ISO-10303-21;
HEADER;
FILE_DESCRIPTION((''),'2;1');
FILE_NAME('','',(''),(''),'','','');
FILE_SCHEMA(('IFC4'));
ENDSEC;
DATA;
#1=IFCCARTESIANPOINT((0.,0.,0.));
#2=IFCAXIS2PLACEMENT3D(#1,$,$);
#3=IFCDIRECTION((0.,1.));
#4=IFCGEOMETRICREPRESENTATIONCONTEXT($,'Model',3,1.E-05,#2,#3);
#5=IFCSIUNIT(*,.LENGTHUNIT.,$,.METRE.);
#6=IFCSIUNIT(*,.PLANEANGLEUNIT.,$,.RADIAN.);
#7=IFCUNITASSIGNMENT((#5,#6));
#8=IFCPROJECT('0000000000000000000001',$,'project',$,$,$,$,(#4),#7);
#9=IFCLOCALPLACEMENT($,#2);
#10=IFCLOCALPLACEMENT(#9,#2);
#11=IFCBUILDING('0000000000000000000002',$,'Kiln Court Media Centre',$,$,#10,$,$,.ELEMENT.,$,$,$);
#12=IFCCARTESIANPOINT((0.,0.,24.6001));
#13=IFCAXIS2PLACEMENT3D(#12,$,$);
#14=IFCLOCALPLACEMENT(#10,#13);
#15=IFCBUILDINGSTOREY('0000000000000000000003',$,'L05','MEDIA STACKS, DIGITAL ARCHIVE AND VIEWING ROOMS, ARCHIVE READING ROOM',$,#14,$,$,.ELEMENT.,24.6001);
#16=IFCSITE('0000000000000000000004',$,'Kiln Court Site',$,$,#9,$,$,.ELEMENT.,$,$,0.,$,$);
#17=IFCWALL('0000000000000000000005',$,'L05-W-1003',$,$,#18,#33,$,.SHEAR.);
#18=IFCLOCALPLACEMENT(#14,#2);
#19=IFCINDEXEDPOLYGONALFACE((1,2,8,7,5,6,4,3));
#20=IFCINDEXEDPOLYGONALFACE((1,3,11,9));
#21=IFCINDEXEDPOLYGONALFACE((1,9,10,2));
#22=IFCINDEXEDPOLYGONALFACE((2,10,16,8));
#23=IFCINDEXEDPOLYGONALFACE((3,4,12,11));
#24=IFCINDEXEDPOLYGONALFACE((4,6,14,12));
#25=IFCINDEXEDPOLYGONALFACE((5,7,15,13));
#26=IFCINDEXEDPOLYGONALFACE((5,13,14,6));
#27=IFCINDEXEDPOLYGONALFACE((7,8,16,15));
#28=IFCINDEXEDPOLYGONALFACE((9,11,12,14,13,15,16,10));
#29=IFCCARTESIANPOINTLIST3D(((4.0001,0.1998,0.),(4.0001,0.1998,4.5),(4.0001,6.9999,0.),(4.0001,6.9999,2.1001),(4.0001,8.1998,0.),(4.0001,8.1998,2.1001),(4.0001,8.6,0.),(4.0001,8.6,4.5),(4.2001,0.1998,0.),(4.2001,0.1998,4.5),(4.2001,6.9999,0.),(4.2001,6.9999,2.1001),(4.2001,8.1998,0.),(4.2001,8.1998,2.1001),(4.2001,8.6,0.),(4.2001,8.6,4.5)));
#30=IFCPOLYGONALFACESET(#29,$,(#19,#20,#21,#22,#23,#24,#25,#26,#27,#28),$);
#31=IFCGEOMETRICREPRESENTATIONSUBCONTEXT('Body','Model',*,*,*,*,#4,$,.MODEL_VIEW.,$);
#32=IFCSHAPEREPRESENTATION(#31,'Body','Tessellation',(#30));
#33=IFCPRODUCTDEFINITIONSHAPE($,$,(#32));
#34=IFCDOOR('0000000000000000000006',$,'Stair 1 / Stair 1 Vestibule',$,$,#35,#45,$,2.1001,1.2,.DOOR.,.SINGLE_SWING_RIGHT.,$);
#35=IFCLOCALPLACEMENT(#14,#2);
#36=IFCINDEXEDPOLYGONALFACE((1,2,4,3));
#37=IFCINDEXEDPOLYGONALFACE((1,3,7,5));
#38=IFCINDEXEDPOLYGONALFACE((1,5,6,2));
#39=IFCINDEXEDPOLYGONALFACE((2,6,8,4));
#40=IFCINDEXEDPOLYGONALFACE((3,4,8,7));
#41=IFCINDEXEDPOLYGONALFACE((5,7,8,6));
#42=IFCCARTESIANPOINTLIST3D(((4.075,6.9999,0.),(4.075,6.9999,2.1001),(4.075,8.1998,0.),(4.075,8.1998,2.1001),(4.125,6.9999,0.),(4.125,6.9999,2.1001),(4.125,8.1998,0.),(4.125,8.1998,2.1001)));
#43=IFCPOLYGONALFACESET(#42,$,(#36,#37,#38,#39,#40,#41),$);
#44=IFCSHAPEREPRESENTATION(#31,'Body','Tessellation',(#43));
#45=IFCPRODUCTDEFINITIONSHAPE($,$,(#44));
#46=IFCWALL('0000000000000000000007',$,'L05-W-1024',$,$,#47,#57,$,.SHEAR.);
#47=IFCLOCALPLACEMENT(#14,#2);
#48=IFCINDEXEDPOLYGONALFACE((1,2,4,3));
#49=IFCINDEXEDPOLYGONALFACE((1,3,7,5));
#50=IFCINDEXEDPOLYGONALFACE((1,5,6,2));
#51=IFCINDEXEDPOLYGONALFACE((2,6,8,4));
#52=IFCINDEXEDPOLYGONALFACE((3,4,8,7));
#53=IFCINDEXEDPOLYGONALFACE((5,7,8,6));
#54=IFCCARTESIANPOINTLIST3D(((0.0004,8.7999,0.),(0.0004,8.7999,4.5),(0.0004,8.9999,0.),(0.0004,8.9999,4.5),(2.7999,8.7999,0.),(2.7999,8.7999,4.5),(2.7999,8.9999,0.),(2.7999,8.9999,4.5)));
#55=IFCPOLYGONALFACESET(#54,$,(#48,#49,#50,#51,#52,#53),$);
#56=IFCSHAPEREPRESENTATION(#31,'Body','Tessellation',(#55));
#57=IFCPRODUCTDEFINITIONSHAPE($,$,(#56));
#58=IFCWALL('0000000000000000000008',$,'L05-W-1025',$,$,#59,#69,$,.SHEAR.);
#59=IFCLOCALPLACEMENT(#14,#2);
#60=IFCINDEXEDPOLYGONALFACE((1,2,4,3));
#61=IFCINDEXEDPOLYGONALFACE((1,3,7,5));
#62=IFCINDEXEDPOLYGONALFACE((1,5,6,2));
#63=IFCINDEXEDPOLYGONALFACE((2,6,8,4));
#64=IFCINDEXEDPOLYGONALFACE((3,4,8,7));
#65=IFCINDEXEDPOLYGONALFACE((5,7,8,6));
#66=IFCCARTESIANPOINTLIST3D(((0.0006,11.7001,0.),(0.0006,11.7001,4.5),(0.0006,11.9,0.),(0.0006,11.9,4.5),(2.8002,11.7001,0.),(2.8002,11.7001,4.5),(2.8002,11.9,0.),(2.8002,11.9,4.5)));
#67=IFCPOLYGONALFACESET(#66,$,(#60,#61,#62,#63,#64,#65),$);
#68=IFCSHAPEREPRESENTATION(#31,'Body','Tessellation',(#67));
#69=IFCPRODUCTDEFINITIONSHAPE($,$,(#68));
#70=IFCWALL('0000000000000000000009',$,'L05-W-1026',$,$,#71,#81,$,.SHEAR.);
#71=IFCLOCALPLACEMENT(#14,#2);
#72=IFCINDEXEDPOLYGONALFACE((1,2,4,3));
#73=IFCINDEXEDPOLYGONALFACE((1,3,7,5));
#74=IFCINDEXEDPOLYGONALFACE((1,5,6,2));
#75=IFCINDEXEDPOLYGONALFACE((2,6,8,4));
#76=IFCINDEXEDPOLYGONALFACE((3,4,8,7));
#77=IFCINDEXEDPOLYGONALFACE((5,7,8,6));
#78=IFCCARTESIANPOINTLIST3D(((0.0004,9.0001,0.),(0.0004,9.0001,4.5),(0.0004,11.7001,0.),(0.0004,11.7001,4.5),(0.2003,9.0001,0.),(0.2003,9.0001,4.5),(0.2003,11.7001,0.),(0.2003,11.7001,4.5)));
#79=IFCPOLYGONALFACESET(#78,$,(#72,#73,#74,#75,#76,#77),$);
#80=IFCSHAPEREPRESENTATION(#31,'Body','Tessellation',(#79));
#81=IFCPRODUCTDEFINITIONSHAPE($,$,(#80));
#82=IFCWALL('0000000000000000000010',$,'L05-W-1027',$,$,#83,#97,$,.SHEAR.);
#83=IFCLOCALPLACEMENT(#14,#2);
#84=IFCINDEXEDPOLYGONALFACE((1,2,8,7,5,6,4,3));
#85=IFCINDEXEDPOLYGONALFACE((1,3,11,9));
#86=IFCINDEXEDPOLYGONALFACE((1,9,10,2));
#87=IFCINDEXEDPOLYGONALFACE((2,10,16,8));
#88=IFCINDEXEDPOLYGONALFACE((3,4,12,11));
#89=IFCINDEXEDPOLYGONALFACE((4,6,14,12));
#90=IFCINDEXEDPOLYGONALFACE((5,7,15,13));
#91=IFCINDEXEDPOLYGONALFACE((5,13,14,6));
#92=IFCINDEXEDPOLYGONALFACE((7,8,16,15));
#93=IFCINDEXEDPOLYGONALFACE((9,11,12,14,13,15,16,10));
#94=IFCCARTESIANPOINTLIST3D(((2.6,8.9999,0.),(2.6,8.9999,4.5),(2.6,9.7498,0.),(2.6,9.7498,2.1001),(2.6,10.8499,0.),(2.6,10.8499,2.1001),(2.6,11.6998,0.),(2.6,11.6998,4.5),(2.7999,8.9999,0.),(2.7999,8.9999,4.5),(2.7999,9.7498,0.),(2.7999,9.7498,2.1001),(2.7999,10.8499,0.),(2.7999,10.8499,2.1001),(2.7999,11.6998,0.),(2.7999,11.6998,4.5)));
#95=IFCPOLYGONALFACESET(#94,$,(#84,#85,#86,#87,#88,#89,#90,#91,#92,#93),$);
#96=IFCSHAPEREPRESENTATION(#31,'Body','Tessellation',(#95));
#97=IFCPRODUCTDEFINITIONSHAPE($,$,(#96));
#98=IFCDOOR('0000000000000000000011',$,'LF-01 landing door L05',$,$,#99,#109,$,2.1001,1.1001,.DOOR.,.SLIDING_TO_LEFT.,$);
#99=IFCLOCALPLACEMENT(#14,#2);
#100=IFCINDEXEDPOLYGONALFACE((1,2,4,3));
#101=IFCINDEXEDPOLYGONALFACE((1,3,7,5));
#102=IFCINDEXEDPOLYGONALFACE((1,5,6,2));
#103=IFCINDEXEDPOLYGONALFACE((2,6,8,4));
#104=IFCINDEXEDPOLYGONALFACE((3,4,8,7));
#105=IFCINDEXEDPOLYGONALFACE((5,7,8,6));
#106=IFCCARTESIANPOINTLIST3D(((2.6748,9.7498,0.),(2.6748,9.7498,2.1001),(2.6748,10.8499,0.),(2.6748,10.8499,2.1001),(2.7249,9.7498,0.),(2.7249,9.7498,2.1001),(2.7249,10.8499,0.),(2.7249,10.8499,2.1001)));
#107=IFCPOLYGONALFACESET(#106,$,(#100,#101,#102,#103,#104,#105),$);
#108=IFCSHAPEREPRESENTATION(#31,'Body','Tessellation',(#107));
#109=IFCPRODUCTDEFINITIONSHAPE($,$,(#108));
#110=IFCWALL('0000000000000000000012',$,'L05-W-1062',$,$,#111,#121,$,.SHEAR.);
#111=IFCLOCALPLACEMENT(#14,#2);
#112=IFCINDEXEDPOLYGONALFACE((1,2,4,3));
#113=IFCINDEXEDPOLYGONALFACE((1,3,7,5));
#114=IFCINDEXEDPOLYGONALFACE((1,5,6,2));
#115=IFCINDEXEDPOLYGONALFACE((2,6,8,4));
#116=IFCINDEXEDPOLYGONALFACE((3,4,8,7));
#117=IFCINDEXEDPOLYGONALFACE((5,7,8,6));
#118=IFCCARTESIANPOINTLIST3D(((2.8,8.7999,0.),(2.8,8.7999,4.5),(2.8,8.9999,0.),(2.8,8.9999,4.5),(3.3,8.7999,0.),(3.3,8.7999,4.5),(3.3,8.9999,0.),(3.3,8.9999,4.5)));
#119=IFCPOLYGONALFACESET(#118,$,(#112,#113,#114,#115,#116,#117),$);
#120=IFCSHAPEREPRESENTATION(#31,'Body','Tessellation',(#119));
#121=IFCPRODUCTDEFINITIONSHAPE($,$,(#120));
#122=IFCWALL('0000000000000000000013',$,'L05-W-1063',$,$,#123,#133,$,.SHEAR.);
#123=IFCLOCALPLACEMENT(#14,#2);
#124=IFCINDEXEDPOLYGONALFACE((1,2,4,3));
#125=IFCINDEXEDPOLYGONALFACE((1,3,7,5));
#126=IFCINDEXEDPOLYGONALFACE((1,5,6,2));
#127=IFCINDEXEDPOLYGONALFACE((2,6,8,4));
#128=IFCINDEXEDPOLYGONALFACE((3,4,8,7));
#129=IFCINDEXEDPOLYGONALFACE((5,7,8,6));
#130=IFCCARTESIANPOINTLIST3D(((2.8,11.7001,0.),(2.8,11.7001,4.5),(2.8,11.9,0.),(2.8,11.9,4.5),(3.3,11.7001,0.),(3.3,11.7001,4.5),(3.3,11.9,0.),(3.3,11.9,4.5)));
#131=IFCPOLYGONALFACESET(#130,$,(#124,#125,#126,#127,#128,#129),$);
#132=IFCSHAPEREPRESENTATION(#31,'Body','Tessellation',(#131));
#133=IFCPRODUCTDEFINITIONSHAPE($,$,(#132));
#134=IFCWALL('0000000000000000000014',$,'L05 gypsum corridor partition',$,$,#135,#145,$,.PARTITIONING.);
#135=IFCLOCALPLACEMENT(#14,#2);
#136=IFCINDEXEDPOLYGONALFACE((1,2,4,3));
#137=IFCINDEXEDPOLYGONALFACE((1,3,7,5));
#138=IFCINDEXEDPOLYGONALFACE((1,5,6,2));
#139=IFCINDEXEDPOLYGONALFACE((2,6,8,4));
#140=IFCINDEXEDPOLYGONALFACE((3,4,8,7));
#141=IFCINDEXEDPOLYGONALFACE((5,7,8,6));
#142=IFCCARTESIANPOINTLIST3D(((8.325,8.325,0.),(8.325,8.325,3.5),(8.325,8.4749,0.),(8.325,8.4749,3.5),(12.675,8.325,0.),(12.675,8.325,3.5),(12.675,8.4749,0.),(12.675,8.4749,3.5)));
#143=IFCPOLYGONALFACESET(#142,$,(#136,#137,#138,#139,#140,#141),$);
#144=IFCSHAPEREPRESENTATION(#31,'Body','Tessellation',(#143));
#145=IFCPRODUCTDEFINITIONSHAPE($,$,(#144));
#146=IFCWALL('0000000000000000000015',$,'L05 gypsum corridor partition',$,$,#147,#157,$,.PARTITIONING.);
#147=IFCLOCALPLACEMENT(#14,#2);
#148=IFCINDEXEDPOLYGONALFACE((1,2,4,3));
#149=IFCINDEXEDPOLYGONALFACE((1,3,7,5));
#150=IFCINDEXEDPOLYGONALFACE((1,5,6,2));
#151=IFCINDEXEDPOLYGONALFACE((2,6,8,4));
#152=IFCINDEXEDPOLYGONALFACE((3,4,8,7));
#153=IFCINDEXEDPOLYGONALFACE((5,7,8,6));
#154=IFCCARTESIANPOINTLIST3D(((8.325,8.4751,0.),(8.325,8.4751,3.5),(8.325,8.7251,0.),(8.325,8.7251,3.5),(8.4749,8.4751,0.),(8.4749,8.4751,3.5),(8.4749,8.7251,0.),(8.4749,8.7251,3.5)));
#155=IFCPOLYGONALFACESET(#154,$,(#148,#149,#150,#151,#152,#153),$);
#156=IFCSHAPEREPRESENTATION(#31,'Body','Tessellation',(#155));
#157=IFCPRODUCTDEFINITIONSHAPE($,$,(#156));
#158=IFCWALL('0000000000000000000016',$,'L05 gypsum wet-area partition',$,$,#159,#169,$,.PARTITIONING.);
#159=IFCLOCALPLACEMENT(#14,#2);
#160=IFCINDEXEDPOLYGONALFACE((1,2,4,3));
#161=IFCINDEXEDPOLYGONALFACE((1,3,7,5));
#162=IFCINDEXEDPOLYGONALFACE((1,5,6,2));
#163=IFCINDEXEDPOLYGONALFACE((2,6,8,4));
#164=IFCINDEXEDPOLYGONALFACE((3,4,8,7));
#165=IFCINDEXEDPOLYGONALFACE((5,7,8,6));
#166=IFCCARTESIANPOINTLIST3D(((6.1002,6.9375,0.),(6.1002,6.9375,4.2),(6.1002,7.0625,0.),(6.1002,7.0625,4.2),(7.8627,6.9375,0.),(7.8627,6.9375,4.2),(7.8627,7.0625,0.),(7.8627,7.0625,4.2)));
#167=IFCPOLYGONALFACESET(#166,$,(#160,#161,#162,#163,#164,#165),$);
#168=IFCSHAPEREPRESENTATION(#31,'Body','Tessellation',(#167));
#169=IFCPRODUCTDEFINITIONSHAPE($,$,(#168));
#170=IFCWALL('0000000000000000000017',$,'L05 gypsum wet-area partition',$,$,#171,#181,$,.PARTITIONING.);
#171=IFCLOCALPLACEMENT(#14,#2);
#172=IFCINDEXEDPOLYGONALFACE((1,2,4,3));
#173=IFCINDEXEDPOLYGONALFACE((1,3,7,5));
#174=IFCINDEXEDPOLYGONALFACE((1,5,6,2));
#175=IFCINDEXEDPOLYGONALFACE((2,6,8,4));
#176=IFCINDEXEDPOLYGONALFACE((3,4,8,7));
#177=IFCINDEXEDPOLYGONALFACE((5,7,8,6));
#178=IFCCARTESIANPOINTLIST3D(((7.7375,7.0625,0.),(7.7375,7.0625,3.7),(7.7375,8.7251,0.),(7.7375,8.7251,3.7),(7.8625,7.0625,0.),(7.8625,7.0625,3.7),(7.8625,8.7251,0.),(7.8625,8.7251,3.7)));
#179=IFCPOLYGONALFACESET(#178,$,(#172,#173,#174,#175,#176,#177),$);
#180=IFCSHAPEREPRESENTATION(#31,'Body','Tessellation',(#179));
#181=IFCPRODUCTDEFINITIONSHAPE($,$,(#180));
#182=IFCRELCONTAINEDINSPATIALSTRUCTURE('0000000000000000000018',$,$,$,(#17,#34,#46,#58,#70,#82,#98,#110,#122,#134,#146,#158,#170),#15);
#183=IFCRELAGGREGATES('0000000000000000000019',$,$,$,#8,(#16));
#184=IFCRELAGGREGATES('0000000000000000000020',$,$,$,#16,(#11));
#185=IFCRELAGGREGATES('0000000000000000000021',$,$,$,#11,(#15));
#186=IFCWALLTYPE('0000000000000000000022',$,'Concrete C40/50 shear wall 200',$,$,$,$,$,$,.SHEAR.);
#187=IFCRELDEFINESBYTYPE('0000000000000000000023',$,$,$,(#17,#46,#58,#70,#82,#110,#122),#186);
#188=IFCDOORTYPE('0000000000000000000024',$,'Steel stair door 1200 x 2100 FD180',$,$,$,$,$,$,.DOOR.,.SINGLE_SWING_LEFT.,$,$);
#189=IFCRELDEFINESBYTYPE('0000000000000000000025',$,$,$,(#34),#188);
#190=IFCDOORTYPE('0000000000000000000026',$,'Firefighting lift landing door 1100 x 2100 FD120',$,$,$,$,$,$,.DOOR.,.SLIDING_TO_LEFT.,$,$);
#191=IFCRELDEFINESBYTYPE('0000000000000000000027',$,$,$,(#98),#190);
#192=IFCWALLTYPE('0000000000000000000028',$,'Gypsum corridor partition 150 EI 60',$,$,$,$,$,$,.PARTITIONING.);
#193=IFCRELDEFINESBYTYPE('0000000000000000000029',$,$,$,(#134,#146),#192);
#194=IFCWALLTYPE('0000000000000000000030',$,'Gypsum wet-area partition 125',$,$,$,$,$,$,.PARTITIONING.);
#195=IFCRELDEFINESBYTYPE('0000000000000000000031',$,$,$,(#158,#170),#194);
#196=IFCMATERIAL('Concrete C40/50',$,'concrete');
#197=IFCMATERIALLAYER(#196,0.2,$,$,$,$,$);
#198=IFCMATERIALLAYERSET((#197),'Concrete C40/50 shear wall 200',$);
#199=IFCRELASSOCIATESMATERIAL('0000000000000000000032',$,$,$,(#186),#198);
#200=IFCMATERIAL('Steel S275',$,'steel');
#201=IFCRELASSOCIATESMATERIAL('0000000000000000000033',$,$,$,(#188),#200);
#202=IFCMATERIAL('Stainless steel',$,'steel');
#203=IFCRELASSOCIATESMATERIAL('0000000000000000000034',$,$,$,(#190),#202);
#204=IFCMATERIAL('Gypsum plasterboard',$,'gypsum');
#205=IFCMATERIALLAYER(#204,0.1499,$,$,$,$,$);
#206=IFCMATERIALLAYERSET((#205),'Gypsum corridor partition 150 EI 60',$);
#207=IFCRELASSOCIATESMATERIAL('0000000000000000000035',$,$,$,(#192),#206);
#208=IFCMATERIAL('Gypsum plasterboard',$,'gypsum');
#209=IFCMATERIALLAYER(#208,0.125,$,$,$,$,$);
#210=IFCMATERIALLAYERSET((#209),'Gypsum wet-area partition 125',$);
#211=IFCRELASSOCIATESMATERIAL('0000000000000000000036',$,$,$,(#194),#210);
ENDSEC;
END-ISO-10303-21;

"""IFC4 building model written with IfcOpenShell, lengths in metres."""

from ifc_helpers import new_model, si_unit, direction, frame, frame_2d, origin, place, context, subcontext, project, spatial, rectangle, extrude, material, layer, layer_set, type_object, element, fill, save


model = new_model("IFC4")

# Units and contexts
model_context = context("Model", 3, precision=1e-05, world=origin(), true_north=direction((0.0, 1.0)))
body_context = subcontext(model_context, "Body", "Model", "MODEL_VIEW")
ifc_project = project(units=[si_unit("LENGTHUNIT", "METRE"), si_unit("PLANEANGLEUNIT", "RADIAN")], contexts=[model_context])

# Site, building, storey
site_placement = place(None, origin())
site = spatial("IfcSite", under=ifc_project, at=site_placement, Name="Kiln Court Site", CompositionType="ELEMENT", RefElevation=0.0)
building_placement = place(site_placement, origin())
building = spatial("IfcBuilding", under=site, at=building_placement, Name="Kiln Court Media Centre", CompositionType="ELEMENT")
storey_placement = place(building_placement, frame((0.0, 0.0, 24.6001)))
storey = spatial("IfcBuildingStorey", under=building, at=storey_placement, Name="L05", Description="MEDIA STACKS, DIGITAL ARCHIVE AND VIEWING ROOMS, ARCHIVE READING ROOM", CompositionType="ELEMENT", Elevation=24.6001)

# Shared definitions
ifc_material_1 = material(Name="Concrete C40/50", Category="concrete")
ifc_layer_1 = layer(ifc_material_1, 0.2)
ifc_layer_set_1 = layer_set([ifc_layer_1], Name="Concrete C40/50 shear wall 200")
wall_type_1 = type_object("IfcWallType", Name="Concrete C40/50 shear wall 200", PredefinedType="SHEAR", material=ifc_layer_set_1)

# Wall, opening, door
wall_1_placement = place(storey_placement, frame((4.1001, 8.6001, 0.0), z_axis=(0.0, 0.0, 1.0), x_axis=(0.0, -1.0, 0.0)))
wall_1 = element("IfcWall", 1, at=wall_1_placement, inside=storey, type_object=wall_type_1, Name="L05-W-1003", PredefinedType="SHEAR", context=body_context, shape_type="SweptSolid", body=[
    extrude(rectangle(XDim=8.4001, YDim=0.2, at=frame_2d((4.2002, 0.0))), origin(), (0.0, 0.0, 1.0), 4.5),
])
opening_1_placement = place(wall_1_placement, frame((0.4001, 0.0, 0.0)))
opening_1 = element("IfcOpeningElement", 2, at=opening_1_placement, cuts=wall_1, PredefinedType="OPENING", context=body_context, shape_type="SweptSolid", body=[
    extrude(rectangle(XDim=1.2, YDim=2.1001, at=frame_2d((0.6001, 1.05))), frame((0.0, 0.1099, 0.0), z_axis=(0.0, -1.0, 0.0), x_axis=(1.0, 0.0, 0.0)), (0.0, 0.0, 1.0), 0.22),
])
ifc_material_2 = material(Name="Steel S275", Category="steel")
door_type_1 = type_object("IfcDoorType", Name="Steel stair door 1200 x 2100 FD180", OperationType="SINGLE_SWING_LEFT", PredefinedType="DOOR", material=ifc_material_2)
door_1_placement = place(opening_1_placement, origin())
door_1 = element("IfcDoor", 3, at=door_1_placement, inside=storey, type_object=door_type_1, Name="Stair 1 / Stair 1 Vestibule", OperationType="SINGLE_SWING_RIGHT", OverallHeight=2.1001, OverallWidth=1.2, PredefinedType="DOOR", context=body_context, shape_type="SweptSolid", body=[
    extrude(rectangle(XDim=1.2, YDim=2.1001, at=frame_2d((0.6001, 1.05))), frame((0.0, 0.0249, 0.0), z_axis=(0.0, -1.0, 0.0), x_axis=(1.0, 0.0, 0.0)), (0.0, 0.0, 1.0), 0.05),
])
fill(opening_1, door_1)

# Walls
for number, where, z_axis, x_axis, name in (
    (4, (2.8, 8.8999, 0.0), (0.0, 0.0, 1.0), (-1.0, 0.0, 0.0), "L05-W-1024"),
    (5, (0.0005, 11.8, 0.0), (0.0, 0.0, 1.0), (1.0, 0.0, 0.0), "L05-W-1025"),
):
    element("IfcWall", number, at=place(storey_placement, frame(where, z_axis=z_axis, x_axis=x_axis)), inside=storey, type_object=wall_type_1, Name=name, PredefinedType="SHEAR", context=body_context, shape_type="SweptSolid", body=[
        extrude(rectangle(XDim=2.7996, YDim=0.2, at=frame_2d((1.3999, 0.0))), origin(), (0.0, 0.0, 1.0), 4.5),
    ])
wall_2_placement = place(storey_placement, frame((0.1003, 9.0, 0.0), z_axis=(0.0, 0.0, 1.0), x_axis=(0.0, 1.0, 0.0)))
element("IfcWall", 6, at=wall_2_placement, inside=storey, type_object=wall_type_1, Name="L05-W-1026", PredefinedType="SHEAR", context=body_context, shape_type="SweptSolid", body=[
    extrude(rectangle(XDim=2.7, YDim=0.2, at=frame_2d((1.3501, 0.0))), origin(), (0.0, 0.0, 1.0), 4.5),
])

# Wall, opening, door
wall_3_placement = place(storey_placement, frame((2.7, 11.7, 0.0), z_axis=(0.0, 0.0, 1.0), x_axis=(0.0, -1.0, 0.0)))
wall_3 = element("IfcWall", 7, at=wall_3_placement, inside=storey, type_object=wall_type_1, Name="L05-W-1027", PredefinedType="SHEAR", context=body_context, shape_type="SweptSolid", body=[
    extrude(rectangle(XDim=2.7, YDim=0.2, at=frame_2d((1.3501, 0.0))), origin(), (0.0, 0.0, 1.0), 4.5),
])
opening_2_placement = place(wall_3_placement, frame((0.8501, 0.0, 0.0)))
opening_2 = element("IfcOpeningElement", 8, at=opening_2_placement, cuts=wall_3, PredefinedType="OPENING", context=body_context, shape_type="SweptSolid", body=[
    extrude(rectangle(XDim=1.1001, YDim=2.1001, at=frame_2d((0.55, 1.05))), frame((0.0, 0.1099, 0.0), z_axis=(0.0, -1.0, 0.0), x_axis=(1.0, 0.0, 0.0)), (0.0, 0.0, 1.0), 0.22),
])
ifc_material_3 = material(Name="Stainless steel", Category="steel")
door_type_2 = type_object("IfcDoorType", Name="Firefighting lift landing door 1100 x 2100 FD120", OperationType="SLIDING_TO_LEFT", PredefinedType="DOOR", material=ifc_material_3)
door_2_placement = place(opening_2_placement, origin())
door_2 = element("IfcDoor", 9, at=door_2_placement, inside=storey, type_object=door_type_2, Name="LF-01 landing door L05", OperationType="SLIDING_TO_LEFT", OverallHeight=2.1001, OverallWidth=1.1001, PredefinedType="DOOR", context=body_context, shape_type="SweptSolid", body=[
    extrude(rectangle(XDim=1.1001, YDim=2.1001, at=frame_2d((0.55, 1.05))), frame((0.0, 0.0249, 0.0), z_axis=(0.0, -1.0, 0.0), x_axis=(1.0, 0.0, 0.0)), (0.0, 0.0, 1.0), 0.05),
])
fill(opening_2, door_2)

# Walls
for number, where, z_axis, x_axis, name in (
    (10, (3.3, 8.8999, 0.0), (0.0, 0.0, 1.0), (-1.0, 0.0, 0.0), "L05-W-1062"),
    (11, (2.8, 11.8, 0.0), (0.0, 0.0, 1.0), (1.0, 0.0, 0.0), "L05-W-1063"),
):
    element("IfcWall", number, at=place(storey_placement, frame(where, z_axis=z_axis, x_axis=x_axis)), inside=storey, type_object=wall_type_1, Name=name, PredefinedType="SHEAR", context=body_context, shape_type="SweptSolid", body=[
        extrude(rectangle(XDim=0.5, YDim=0.2, at=frame_2d((0.25, 0.0))), origin(), (0.0, 0.0, 1.0), 4.5),
    ])
ifc_material_4 = material(Name="Gypsum plasterboard", Category="gypsum")
ifc_layer_2 = layer(ifc_material_4, 0.1499)
ifc_layer_set_2 = layer_set([ifc_layer_2], Name="Gypsum corridor partition 150 EI 60")
wall_type_2 = type_object("IfcWallType", Name="Gypsum corridor partition 150 EI 60", PredefinedType="PARTITIONING", material=ifc_layer_set_2)
wall_4_placement = place(storey_placement, frame((8.325, 8.3999, 0.0), z_axis=(0.0, 0.0, 1.0), x_axis=(1.0, 0.0, 0.0)))
element("IfcWall", 12, at=wall_4_placement, inside=storey, type_object=wall_type_2, Name="L05 gypsum corridor partition", PredefinedType="PARTITIONING", context=body_context, shape_type="SweptSolid", body=[
    extrude(rectangle(XDim=4.3501, YDim=0.1499, at=frame_2d((2.175, 0.0))), origin(), (0.0, 0.0, 1.0), 3.5),
])
wall_5_placement = place(storey_placement, frame((8.3999, 8.4751, 0.0), z_axis=(0.0, 0.0, 1.0), x_axis=(0.0, 1.0, 0.0)))
element("IfcWall", 13, at=wall_5_placement, inside=storey, type_object=wall_type_2, Name="L05 gypsum corridor partition", PredefinedType="PARTITIONING", context=body_context, shape_type="SweptSolid", body=[
    extrude(rectangle(XDim=0.25, YDim=0.1499, at=frame_2d((0.125, 0.0))), origin(), (0.0, 0.0, 1.0), 3.5),
])
ifc_material_5 = material(Name="Gypsum plasterboard", Category="gypsum")
ifc_layer_3 = layer(ifc_material_5, 0.125)
ifc_layer_set_3 = layer_set([ifc_layer_3], Name="Gypsum wet-area partition 125")
wall_type_3 = type_object("IfcWallType", Name="Gypsum wet-area partition 125", PredefinedType="PARTITIONING", material=ifc_layer_set_3)
wall_6_placement = place(storey_placement, frame((6.1001, 7.0, 0.0), z_axis=(0.0, 0.0, 1.0), x_axis=(1.0, 0.0, 0.0)))
element("IfcWall", 14, at=wall_6_placement, inside=storey, type_object=wall_type_3, Name="L05 gypsum wet-area partition", PredefinedType="PARTITIONING", context=body_context, shape_type="SweptSolid", body=[
    extrude(rectangle(XDim=1.7625, YDim=0.125, at=frame_2d((0.8813, 0.0))), origin(), (0.0, 0.0, 1.0), 4.2),
])
wall_7_placement = place(storey_placement, frame((7.8, 7.0625, 0.0), z_axis=(0.0, 0.0, 1.0), x_axis=(0.0, 1.0, 0.0)))
element("IfcWall", 15, at=wall_7_placement, inside=storey, type_object=wall_type_3, Name="L05 gypsum wet-area partition", PredefinedType="PARTITIONING", context=body_context, shape_type="SweptSolid", body=[
    extrude(rectangle(XDim=1.6626, YDim=0.125, at=frame_2d((0.8313, 0.0))), origin(), (0.0, 0.0, 1.0), 3.7),
])

save(model, "model.ifc")
